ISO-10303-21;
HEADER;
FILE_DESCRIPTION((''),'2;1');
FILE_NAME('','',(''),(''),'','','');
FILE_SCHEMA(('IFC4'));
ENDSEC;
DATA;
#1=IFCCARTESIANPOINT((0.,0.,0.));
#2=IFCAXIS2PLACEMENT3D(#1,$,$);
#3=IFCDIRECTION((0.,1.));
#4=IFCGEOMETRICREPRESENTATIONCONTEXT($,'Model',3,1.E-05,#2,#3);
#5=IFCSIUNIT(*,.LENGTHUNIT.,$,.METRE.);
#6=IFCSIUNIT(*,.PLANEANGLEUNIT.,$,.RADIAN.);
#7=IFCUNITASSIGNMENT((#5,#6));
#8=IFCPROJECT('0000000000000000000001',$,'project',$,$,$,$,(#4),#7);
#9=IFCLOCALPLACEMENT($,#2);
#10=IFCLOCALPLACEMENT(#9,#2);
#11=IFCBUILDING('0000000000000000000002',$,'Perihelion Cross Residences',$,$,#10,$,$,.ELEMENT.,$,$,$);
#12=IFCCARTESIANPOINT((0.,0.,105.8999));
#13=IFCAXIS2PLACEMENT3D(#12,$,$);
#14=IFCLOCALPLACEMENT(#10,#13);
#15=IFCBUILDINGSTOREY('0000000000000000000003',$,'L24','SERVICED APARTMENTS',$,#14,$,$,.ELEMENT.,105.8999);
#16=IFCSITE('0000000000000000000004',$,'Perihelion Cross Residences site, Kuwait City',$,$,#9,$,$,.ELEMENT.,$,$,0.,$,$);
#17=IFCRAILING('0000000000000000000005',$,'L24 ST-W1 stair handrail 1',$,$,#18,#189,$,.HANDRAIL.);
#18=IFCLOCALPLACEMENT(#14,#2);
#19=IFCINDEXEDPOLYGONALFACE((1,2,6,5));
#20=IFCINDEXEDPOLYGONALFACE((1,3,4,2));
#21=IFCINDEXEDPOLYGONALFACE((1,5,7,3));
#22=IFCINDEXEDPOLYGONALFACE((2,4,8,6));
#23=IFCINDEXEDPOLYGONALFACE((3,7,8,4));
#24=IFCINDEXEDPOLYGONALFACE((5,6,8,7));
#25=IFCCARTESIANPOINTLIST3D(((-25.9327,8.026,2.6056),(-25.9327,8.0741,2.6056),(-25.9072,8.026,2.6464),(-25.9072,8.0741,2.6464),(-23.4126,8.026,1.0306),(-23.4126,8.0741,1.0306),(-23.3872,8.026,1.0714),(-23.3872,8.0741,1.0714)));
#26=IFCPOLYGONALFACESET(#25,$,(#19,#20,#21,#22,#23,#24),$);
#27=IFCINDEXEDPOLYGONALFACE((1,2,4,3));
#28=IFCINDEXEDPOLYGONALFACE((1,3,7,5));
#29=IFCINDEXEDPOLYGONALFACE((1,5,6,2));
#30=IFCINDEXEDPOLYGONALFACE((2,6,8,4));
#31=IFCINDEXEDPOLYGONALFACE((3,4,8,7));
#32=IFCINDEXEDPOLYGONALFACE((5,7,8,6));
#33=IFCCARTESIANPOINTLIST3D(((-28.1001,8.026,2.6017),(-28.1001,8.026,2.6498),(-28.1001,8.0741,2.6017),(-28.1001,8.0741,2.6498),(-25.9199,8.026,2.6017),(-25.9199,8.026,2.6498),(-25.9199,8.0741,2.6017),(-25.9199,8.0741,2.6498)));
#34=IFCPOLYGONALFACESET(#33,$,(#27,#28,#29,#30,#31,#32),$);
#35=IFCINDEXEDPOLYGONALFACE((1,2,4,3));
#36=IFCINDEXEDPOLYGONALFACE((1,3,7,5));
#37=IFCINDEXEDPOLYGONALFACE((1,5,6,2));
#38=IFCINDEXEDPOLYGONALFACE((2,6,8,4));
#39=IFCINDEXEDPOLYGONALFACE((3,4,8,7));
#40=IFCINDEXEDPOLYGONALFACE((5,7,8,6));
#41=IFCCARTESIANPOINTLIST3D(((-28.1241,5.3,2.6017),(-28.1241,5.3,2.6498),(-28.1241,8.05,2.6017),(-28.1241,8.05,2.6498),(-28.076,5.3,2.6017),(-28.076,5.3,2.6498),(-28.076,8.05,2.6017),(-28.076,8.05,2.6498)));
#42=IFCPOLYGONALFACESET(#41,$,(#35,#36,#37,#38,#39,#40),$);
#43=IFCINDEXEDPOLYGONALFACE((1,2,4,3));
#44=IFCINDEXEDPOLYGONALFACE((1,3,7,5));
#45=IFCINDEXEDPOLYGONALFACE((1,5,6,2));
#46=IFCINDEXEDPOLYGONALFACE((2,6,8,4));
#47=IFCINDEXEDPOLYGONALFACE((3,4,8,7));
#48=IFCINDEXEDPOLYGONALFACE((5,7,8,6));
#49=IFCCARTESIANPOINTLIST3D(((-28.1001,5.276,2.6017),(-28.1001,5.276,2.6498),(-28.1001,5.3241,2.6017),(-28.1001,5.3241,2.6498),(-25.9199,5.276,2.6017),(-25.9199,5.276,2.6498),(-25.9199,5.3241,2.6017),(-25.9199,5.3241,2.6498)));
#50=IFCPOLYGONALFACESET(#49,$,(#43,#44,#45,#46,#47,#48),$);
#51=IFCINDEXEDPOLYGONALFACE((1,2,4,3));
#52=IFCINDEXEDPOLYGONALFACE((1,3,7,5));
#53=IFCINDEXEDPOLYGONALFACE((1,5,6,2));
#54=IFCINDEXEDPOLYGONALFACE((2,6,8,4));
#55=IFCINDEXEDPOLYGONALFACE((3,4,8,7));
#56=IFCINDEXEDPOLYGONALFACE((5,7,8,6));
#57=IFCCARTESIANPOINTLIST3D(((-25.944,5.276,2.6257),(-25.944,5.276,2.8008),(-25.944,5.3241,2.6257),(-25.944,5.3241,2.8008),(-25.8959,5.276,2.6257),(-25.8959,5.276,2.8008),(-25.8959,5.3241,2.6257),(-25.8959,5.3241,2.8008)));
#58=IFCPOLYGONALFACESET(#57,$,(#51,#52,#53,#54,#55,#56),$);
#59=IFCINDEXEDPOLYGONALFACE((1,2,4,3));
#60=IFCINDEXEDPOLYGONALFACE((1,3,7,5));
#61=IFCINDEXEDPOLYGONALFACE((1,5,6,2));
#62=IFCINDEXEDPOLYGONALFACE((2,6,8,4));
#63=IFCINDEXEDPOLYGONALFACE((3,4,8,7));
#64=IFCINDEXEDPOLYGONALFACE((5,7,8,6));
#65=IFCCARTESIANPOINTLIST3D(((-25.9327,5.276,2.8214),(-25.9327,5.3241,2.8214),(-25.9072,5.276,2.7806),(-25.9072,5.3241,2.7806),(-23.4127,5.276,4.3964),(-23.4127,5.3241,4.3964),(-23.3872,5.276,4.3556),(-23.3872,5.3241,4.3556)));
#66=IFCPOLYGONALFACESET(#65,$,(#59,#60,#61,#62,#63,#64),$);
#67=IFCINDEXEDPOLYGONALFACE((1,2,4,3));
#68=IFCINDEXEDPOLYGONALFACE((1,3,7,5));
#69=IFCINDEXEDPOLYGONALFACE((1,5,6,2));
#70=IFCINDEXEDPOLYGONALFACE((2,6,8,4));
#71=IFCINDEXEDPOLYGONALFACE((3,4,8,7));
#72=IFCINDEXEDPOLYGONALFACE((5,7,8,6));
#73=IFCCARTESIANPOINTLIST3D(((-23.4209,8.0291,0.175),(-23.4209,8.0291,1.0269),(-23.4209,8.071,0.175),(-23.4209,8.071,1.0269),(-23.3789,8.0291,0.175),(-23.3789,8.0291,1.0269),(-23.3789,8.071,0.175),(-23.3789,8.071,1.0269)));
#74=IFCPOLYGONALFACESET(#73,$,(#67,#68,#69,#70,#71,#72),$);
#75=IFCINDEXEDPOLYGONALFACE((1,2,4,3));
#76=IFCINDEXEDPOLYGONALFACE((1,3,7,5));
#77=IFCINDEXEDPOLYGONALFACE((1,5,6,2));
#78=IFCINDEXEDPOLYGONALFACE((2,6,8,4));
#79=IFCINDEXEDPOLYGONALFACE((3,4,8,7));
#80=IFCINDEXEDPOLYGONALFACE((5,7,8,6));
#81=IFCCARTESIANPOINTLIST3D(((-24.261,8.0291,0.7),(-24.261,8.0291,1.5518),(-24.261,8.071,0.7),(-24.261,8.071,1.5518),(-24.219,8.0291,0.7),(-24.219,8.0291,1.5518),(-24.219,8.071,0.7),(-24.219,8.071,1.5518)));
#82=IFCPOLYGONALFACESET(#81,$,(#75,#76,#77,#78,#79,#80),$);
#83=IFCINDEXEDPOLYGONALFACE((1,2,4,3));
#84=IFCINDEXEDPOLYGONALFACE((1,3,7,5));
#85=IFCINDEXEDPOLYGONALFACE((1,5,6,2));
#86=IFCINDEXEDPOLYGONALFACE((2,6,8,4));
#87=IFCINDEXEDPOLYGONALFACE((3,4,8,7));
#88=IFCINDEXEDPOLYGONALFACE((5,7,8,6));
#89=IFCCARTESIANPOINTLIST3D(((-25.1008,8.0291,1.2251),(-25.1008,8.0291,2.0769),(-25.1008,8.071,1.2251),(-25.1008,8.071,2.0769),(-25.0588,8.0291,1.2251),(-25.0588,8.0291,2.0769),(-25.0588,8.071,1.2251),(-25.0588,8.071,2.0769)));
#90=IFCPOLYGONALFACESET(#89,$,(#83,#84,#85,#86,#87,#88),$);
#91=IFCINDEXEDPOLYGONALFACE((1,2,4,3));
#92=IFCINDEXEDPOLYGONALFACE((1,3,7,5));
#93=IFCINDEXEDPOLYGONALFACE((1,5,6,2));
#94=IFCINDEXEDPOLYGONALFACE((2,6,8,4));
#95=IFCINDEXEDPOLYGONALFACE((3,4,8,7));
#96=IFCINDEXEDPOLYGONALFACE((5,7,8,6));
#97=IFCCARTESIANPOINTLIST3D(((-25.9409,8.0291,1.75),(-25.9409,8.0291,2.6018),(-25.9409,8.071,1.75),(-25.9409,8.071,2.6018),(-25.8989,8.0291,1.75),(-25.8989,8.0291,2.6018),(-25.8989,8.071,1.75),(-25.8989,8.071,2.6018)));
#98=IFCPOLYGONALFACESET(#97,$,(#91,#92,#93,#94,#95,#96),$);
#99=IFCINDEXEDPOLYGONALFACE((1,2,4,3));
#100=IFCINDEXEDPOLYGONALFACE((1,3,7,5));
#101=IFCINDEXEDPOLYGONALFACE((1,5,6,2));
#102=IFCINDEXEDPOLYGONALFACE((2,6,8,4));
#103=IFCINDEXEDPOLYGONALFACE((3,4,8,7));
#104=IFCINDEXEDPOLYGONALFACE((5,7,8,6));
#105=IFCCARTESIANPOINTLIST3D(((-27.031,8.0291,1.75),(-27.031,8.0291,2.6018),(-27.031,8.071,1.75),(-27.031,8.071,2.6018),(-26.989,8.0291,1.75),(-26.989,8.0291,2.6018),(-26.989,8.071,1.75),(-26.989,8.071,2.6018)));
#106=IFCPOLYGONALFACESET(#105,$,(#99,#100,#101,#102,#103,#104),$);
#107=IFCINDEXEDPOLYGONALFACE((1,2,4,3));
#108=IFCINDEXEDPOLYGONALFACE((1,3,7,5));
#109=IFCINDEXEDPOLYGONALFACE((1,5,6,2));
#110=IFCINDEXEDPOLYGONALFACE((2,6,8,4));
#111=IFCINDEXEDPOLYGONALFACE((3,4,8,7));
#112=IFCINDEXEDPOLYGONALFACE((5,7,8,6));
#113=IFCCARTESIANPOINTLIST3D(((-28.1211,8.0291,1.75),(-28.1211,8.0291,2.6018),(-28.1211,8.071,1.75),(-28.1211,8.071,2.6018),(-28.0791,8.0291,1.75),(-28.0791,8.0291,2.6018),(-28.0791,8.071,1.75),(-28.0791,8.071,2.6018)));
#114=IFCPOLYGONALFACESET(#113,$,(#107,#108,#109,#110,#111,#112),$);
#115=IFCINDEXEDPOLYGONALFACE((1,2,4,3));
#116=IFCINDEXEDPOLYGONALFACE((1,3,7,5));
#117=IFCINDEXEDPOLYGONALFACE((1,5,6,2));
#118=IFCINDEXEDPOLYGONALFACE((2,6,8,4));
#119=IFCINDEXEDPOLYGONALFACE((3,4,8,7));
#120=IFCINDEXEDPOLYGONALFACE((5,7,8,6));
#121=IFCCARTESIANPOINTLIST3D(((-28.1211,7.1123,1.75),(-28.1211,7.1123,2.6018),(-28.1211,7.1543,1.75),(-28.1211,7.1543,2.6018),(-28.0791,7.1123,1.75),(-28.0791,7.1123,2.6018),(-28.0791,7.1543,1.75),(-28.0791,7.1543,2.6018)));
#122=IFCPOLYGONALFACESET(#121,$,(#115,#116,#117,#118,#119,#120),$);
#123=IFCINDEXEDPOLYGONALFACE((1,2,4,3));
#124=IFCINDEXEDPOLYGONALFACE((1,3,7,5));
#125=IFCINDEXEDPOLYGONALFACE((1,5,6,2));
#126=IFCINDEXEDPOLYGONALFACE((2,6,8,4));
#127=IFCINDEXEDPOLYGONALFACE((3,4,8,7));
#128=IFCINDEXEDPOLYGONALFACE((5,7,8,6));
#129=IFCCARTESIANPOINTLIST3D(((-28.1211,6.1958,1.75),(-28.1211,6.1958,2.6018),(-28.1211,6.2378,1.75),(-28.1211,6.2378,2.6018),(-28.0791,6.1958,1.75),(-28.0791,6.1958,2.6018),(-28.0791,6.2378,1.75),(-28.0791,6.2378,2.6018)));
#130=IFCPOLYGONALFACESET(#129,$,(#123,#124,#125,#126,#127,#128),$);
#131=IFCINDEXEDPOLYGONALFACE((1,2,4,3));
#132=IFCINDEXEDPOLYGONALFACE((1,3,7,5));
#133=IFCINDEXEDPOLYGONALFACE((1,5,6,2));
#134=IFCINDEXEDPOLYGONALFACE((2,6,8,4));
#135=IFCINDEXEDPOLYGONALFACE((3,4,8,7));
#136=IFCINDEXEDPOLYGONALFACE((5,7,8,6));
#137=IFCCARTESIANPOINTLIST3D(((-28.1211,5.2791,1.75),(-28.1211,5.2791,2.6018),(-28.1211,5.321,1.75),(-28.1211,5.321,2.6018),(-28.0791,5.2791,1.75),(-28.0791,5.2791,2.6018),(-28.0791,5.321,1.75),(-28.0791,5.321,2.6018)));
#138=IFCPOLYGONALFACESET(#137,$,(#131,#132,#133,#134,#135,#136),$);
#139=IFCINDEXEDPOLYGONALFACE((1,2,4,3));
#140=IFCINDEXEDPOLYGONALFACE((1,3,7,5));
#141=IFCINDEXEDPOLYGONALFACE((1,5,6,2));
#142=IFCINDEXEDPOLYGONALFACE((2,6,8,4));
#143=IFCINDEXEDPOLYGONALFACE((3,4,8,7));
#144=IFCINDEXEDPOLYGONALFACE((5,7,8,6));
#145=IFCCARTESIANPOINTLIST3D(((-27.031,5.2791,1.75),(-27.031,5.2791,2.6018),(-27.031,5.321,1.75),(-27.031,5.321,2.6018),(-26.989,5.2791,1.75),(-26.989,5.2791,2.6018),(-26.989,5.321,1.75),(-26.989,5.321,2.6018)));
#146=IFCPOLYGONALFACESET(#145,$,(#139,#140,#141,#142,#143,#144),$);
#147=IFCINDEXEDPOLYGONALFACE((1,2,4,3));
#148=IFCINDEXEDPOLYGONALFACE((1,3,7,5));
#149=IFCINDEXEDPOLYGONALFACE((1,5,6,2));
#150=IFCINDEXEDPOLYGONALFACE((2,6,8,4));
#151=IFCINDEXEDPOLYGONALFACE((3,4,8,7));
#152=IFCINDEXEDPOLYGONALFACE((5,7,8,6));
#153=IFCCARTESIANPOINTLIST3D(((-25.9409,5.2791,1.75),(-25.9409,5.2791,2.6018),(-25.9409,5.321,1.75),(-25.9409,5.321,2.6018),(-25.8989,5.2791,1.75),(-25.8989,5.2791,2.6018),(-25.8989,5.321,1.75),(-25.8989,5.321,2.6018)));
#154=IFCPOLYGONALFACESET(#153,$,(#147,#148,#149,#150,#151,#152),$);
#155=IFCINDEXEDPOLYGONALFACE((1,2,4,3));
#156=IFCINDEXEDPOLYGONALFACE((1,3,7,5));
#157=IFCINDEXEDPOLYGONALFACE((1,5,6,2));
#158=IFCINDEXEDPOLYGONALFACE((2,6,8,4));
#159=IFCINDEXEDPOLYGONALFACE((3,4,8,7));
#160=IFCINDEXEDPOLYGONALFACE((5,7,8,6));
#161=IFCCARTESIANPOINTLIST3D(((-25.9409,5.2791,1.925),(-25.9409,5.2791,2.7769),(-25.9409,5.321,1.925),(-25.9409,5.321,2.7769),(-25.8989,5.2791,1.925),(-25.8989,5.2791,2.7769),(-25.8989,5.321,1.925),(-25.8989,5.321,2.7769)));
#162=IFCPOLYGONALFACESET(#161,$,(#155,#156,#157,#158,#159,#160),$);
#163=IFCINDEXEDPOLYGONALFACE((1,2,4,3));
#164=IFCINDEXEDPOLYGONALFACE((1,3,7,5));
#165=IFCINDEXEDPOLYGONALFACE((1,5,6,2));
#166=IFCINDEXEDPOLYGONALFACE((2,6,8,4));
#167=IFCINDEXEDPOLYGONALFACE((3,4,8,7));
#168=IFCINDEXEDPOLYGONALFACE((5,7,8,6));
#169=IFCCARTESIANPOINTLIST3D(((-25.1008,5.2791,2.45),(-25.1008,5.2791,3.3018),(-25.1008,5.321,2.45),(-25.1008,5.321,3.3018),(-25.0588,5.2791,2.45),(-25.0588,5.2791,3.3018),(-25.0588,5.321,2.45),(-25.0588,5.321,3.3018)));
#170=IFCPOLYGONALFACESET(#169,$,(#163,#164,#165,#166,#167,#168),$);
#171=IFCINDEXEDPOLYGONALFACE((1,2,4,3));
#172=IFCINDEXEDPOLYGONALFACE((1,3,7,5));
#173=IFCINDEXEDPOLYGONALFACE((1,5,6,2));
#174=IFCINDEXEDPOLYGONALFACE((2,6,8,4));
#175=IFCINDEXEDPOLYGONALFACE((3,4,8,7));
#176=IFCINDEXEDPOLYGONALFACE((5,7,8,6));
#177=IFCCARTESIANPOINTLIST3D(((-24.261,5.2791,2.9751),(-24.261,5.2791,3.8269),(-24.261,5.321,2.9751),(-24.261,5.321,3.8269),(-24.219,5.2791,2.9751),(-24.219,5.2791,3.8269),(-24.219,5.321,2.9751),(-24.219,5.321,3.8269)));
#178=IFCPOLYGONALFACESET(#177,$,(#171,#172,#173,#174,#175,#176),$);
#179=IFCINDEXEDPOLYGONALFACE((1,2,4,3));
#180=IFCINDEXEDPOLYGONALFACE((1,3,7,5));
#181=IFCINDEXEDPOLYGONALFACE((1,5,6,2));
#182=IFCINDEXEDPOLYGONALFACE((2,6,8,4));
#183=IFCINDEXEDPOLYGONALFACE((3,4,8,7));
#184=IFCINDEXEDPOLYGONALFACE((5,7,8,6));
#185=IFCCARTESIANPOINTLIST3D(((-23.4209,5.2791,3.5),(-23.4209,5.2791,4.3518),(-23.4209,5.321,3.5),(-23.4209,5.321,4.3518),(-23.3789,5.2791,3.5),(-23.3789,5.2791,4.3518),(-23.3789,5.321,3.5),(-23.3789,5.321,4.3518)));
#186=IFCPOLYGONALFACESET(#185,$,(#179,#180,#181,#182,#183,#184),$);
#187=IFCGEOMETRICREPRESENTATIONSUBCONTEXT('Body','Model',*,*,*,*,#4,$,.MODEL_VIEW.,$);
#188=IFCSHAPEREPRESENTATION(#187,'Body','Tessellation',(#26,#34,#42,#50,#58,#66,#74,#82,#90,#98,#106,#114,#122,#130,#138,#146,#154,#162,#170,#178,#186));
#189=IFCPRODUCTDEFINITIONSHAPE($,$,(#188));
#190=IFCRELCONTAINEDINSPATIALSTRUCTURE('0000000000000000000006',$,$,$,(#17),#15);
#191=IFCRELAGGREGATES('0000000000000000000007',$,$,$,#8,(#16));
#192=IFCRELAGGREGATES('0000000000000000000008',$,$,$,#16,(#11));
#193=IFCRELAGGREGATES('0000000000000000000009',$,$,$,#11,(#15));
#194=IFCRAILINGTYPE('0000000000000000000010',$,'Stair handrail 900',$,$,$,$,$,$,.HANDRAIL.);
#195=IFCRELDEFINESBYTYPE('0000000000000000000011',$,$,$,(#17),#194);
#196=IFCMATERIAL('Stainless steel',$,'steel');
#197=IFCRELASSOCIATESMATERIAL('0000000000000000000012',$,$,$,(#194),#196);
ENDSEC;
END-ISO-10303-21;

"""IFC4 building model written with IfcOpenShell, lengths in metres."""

from ifc_helpers import new_model, si_unit, direction, frame, origin, origin_2d, place, context, subcontext, project, spatial, rectangle, extrude, material, type_object, element, save


model = new_model("IFC4")

# Units and contexts
model_context = context("Model", 3, precision=1e-05, world=origin(), true_north=direction((0.0, 1.0)))
body_context = subcontext(model_context, "Body", "Model", "MODEL_VIEW")
ifc_project = project(units=[si_unit("LENGTHUNIT", "METRE"), si_unit("PLANEANGLEUNIT", "RADIAN")], contexts=[model_context])

# Site, building, storey
site_placement = place(None, origin())
site = spatial("IfcSite", under=ifc_project, at=site_placement, Name="Perihelion Cross Residences site, Kuwait City", CompositionType="ELEMENT", RefElevation=0.0)
building_placement = place(site_placement, origin())
building = spatial("IfcBuilding", under=site, at=building_placement, Name="Perihelion Cross Residences", CompositionType="ELEMENT")
storey_placement = place(building_placement, frame((0.0, 0.0, 105.8999)))
storey = spatial("IfcBuildingStorey", under=building, at=storey_placement, Name="L24", Description="SERVICED APARTMENTS", CompositionType="ELEMENT", Elevation=105.8999)

# Railing
ifc_material_1 = material(Name="Stainless steel", Category="steel")
railing_type_1 = type_object("IfcRailingType", Name="Stair handrail 900", PredefinedType="HANDRAIL", material=ifc_material_1)
railing_1_placement = place(storey_placement, frame((-23.3999, 8.05, 0.175)))
element("IfcRailing", 1, at=railing_1_placement, inside=storey, type_object=railing_type_1, Name="L24 ST-W1 stair handrail 1", PredefinedType="HANDRAIL", context=body_context, shape_type="SweptSolid", body=[
    extrude(rectangle(XDim=0.0481, YDim=0.0481, at=origin_2d()), frame((0.0, 0.0, 0.876), z_axis=(-0.848008, 0.0, 0.529984), x_axis=(0.0, -1.0, 0.0)), (0.0, 0.0, 1.0), 2.9717),
    extrude(rectangle(XDim=0.0481, YDim=0.0481, at=origin_2d()), frame((-2.52, 0.0, 2.4507), z_axis=(-1.0, 0.0, 0.0), x_axis=(0.0, -1.0, 0.0)), (0.0, 0.0, 1.0), 2.1802),
    extrude(rectangle(XDim=0.0481, YDim=0.0481, at=origin_2d()), frame((-4.7002, 0.0, 2.4507), z_axis=(0.0, -1.0, 0.0), x_axis=(1.0, 0.0, 0.0)), (0.0, 0.0, 1.0), 2.75),
    extrude(rectangle(XDim=0.0481, YDim=0.0481, at=origin_2d()), frame((-4.7002, -2.75, 2.4507), z_axis=(1.0, 0.0, 0.0), x_axis=(0.0, 1.0, 0.0)), (0.0, 0.0, 1.0), 2.1802),
    extrude(rectangle(XDim=0.0481, YDim=0.0481, at=origin_2d()), frame((-2.52, -2.75, 2.4507), z_axis=(0.0, 0.0, 1.0), x_axis=(1.0, 0.0, 0.0)), (0.0, 0.0, 1.0), 0.175),
    extrude(rectangle(XDim=0.0481, YDim=0.0481, at=origin_2d()), frame((-2.52, -2.75, 2.626), z_axis=(0.848008, 0.0, 0.529984), x_axis=(0.0, 1.0, 0.0)), (0.0, 0.0, 1.0), 2.9717),
    extrude(rectangle(XDim=0.042, YDim=0.042, at=origin_2d()), origin(), (0.0, 0.0, 1.0), 0.8518),
    extrude(rectangle(XDim=0.042, YDim=0.042, at=origin_2d()), frame((-0.8401, 0.0, 0.5249)), (0.0, 0.0, 1.0), 0.8518),
    extrude(rectangle(XDim=0.042, YDim=0.042, at=origin_2d()), frame((-1.6799, 0.0, 1.05)), (0.0, 0.0, 1.0), 0.8518),
    extrude(rectangle(XDim=0.042, YDim=0.042, at=origin_2d()), frame((-2.52, 0.0, 1.575)), (0.0, 0.0, 1.0), 0.8518),
    extrude(rectangle(XDim=0.042, YDim=0.042, at=origin_2d()), frame((-3.6101, 0.0, 1.575)), (0.0, 0.0, 1.0), 0.8518),
    extrude(rectangle(XDim=0.042, YDim=0.042, at=origin_2d()), frame((-4.7002, 0.0, 1.575)), (0.0, 0.0, 1.0), 0.8518),
    extrude(rectangle(XDim=0.042, YDim=0.042, at=origin_2d()), frame((-4.7002, -0.9167, 1.575)), (0.0, 0.0, 1.0), 0.8518),
    extrude(rectangle(XDim=0.042, YDim=0.042, at=origin_2d()), frame((-4.7002, -1.8333, 1.575)), (0.0, 0.0, 1.0), 0.8518),
    extrude(rectangle(XDim=0.042, YDim=0.042, at=origin_2d()), frame((-4.7002, -2.75, 1.575)), (0.0, 0.0, 1.0), 0.8518),
    extrude(rectangle(XDim=0.042, YDim=0.042, at=origin_2d()), frame((-3.6101, -2.75, 1.575)), (0.0, 0.0, 1.0), 0.8518),
    extrude(rectangle(XDim=0.042, YDim=0.042, at=origin_2d()), frame((-2.52, -2.75, 1.575)), (0.0, 0.0, 1.0), 0.8518),
    extrude(rectangle(XDim=0.042, YDim=0.042, at=origin_2d()), frame((-2.52, -2.75, 1.75)), (0.0, 0.0, 1.0), 0.8518),
    extrude(rectangle(XDim=0.042, YDim=0.042, at=origin_2d()), frame((-1.6799, -2.75, 2.2749)), (0.0, 0.0, 1.0), 0.8518),
    extrude(rectangle(XDim=0.042, YDim=0.042, at=origin_2d()), frame((-0.8401, -2.75, 2.8)), (0.0, 0.0, 1.0), 0.8518),
    extrude(rectangle(XDim=0.042, YDim=0.042, at=origin_2d()), frame((0.0, -2.75, 3.325)), (0.0, 0.0, 1.0), 0.8518),
])

save(model, "model.ifc")
